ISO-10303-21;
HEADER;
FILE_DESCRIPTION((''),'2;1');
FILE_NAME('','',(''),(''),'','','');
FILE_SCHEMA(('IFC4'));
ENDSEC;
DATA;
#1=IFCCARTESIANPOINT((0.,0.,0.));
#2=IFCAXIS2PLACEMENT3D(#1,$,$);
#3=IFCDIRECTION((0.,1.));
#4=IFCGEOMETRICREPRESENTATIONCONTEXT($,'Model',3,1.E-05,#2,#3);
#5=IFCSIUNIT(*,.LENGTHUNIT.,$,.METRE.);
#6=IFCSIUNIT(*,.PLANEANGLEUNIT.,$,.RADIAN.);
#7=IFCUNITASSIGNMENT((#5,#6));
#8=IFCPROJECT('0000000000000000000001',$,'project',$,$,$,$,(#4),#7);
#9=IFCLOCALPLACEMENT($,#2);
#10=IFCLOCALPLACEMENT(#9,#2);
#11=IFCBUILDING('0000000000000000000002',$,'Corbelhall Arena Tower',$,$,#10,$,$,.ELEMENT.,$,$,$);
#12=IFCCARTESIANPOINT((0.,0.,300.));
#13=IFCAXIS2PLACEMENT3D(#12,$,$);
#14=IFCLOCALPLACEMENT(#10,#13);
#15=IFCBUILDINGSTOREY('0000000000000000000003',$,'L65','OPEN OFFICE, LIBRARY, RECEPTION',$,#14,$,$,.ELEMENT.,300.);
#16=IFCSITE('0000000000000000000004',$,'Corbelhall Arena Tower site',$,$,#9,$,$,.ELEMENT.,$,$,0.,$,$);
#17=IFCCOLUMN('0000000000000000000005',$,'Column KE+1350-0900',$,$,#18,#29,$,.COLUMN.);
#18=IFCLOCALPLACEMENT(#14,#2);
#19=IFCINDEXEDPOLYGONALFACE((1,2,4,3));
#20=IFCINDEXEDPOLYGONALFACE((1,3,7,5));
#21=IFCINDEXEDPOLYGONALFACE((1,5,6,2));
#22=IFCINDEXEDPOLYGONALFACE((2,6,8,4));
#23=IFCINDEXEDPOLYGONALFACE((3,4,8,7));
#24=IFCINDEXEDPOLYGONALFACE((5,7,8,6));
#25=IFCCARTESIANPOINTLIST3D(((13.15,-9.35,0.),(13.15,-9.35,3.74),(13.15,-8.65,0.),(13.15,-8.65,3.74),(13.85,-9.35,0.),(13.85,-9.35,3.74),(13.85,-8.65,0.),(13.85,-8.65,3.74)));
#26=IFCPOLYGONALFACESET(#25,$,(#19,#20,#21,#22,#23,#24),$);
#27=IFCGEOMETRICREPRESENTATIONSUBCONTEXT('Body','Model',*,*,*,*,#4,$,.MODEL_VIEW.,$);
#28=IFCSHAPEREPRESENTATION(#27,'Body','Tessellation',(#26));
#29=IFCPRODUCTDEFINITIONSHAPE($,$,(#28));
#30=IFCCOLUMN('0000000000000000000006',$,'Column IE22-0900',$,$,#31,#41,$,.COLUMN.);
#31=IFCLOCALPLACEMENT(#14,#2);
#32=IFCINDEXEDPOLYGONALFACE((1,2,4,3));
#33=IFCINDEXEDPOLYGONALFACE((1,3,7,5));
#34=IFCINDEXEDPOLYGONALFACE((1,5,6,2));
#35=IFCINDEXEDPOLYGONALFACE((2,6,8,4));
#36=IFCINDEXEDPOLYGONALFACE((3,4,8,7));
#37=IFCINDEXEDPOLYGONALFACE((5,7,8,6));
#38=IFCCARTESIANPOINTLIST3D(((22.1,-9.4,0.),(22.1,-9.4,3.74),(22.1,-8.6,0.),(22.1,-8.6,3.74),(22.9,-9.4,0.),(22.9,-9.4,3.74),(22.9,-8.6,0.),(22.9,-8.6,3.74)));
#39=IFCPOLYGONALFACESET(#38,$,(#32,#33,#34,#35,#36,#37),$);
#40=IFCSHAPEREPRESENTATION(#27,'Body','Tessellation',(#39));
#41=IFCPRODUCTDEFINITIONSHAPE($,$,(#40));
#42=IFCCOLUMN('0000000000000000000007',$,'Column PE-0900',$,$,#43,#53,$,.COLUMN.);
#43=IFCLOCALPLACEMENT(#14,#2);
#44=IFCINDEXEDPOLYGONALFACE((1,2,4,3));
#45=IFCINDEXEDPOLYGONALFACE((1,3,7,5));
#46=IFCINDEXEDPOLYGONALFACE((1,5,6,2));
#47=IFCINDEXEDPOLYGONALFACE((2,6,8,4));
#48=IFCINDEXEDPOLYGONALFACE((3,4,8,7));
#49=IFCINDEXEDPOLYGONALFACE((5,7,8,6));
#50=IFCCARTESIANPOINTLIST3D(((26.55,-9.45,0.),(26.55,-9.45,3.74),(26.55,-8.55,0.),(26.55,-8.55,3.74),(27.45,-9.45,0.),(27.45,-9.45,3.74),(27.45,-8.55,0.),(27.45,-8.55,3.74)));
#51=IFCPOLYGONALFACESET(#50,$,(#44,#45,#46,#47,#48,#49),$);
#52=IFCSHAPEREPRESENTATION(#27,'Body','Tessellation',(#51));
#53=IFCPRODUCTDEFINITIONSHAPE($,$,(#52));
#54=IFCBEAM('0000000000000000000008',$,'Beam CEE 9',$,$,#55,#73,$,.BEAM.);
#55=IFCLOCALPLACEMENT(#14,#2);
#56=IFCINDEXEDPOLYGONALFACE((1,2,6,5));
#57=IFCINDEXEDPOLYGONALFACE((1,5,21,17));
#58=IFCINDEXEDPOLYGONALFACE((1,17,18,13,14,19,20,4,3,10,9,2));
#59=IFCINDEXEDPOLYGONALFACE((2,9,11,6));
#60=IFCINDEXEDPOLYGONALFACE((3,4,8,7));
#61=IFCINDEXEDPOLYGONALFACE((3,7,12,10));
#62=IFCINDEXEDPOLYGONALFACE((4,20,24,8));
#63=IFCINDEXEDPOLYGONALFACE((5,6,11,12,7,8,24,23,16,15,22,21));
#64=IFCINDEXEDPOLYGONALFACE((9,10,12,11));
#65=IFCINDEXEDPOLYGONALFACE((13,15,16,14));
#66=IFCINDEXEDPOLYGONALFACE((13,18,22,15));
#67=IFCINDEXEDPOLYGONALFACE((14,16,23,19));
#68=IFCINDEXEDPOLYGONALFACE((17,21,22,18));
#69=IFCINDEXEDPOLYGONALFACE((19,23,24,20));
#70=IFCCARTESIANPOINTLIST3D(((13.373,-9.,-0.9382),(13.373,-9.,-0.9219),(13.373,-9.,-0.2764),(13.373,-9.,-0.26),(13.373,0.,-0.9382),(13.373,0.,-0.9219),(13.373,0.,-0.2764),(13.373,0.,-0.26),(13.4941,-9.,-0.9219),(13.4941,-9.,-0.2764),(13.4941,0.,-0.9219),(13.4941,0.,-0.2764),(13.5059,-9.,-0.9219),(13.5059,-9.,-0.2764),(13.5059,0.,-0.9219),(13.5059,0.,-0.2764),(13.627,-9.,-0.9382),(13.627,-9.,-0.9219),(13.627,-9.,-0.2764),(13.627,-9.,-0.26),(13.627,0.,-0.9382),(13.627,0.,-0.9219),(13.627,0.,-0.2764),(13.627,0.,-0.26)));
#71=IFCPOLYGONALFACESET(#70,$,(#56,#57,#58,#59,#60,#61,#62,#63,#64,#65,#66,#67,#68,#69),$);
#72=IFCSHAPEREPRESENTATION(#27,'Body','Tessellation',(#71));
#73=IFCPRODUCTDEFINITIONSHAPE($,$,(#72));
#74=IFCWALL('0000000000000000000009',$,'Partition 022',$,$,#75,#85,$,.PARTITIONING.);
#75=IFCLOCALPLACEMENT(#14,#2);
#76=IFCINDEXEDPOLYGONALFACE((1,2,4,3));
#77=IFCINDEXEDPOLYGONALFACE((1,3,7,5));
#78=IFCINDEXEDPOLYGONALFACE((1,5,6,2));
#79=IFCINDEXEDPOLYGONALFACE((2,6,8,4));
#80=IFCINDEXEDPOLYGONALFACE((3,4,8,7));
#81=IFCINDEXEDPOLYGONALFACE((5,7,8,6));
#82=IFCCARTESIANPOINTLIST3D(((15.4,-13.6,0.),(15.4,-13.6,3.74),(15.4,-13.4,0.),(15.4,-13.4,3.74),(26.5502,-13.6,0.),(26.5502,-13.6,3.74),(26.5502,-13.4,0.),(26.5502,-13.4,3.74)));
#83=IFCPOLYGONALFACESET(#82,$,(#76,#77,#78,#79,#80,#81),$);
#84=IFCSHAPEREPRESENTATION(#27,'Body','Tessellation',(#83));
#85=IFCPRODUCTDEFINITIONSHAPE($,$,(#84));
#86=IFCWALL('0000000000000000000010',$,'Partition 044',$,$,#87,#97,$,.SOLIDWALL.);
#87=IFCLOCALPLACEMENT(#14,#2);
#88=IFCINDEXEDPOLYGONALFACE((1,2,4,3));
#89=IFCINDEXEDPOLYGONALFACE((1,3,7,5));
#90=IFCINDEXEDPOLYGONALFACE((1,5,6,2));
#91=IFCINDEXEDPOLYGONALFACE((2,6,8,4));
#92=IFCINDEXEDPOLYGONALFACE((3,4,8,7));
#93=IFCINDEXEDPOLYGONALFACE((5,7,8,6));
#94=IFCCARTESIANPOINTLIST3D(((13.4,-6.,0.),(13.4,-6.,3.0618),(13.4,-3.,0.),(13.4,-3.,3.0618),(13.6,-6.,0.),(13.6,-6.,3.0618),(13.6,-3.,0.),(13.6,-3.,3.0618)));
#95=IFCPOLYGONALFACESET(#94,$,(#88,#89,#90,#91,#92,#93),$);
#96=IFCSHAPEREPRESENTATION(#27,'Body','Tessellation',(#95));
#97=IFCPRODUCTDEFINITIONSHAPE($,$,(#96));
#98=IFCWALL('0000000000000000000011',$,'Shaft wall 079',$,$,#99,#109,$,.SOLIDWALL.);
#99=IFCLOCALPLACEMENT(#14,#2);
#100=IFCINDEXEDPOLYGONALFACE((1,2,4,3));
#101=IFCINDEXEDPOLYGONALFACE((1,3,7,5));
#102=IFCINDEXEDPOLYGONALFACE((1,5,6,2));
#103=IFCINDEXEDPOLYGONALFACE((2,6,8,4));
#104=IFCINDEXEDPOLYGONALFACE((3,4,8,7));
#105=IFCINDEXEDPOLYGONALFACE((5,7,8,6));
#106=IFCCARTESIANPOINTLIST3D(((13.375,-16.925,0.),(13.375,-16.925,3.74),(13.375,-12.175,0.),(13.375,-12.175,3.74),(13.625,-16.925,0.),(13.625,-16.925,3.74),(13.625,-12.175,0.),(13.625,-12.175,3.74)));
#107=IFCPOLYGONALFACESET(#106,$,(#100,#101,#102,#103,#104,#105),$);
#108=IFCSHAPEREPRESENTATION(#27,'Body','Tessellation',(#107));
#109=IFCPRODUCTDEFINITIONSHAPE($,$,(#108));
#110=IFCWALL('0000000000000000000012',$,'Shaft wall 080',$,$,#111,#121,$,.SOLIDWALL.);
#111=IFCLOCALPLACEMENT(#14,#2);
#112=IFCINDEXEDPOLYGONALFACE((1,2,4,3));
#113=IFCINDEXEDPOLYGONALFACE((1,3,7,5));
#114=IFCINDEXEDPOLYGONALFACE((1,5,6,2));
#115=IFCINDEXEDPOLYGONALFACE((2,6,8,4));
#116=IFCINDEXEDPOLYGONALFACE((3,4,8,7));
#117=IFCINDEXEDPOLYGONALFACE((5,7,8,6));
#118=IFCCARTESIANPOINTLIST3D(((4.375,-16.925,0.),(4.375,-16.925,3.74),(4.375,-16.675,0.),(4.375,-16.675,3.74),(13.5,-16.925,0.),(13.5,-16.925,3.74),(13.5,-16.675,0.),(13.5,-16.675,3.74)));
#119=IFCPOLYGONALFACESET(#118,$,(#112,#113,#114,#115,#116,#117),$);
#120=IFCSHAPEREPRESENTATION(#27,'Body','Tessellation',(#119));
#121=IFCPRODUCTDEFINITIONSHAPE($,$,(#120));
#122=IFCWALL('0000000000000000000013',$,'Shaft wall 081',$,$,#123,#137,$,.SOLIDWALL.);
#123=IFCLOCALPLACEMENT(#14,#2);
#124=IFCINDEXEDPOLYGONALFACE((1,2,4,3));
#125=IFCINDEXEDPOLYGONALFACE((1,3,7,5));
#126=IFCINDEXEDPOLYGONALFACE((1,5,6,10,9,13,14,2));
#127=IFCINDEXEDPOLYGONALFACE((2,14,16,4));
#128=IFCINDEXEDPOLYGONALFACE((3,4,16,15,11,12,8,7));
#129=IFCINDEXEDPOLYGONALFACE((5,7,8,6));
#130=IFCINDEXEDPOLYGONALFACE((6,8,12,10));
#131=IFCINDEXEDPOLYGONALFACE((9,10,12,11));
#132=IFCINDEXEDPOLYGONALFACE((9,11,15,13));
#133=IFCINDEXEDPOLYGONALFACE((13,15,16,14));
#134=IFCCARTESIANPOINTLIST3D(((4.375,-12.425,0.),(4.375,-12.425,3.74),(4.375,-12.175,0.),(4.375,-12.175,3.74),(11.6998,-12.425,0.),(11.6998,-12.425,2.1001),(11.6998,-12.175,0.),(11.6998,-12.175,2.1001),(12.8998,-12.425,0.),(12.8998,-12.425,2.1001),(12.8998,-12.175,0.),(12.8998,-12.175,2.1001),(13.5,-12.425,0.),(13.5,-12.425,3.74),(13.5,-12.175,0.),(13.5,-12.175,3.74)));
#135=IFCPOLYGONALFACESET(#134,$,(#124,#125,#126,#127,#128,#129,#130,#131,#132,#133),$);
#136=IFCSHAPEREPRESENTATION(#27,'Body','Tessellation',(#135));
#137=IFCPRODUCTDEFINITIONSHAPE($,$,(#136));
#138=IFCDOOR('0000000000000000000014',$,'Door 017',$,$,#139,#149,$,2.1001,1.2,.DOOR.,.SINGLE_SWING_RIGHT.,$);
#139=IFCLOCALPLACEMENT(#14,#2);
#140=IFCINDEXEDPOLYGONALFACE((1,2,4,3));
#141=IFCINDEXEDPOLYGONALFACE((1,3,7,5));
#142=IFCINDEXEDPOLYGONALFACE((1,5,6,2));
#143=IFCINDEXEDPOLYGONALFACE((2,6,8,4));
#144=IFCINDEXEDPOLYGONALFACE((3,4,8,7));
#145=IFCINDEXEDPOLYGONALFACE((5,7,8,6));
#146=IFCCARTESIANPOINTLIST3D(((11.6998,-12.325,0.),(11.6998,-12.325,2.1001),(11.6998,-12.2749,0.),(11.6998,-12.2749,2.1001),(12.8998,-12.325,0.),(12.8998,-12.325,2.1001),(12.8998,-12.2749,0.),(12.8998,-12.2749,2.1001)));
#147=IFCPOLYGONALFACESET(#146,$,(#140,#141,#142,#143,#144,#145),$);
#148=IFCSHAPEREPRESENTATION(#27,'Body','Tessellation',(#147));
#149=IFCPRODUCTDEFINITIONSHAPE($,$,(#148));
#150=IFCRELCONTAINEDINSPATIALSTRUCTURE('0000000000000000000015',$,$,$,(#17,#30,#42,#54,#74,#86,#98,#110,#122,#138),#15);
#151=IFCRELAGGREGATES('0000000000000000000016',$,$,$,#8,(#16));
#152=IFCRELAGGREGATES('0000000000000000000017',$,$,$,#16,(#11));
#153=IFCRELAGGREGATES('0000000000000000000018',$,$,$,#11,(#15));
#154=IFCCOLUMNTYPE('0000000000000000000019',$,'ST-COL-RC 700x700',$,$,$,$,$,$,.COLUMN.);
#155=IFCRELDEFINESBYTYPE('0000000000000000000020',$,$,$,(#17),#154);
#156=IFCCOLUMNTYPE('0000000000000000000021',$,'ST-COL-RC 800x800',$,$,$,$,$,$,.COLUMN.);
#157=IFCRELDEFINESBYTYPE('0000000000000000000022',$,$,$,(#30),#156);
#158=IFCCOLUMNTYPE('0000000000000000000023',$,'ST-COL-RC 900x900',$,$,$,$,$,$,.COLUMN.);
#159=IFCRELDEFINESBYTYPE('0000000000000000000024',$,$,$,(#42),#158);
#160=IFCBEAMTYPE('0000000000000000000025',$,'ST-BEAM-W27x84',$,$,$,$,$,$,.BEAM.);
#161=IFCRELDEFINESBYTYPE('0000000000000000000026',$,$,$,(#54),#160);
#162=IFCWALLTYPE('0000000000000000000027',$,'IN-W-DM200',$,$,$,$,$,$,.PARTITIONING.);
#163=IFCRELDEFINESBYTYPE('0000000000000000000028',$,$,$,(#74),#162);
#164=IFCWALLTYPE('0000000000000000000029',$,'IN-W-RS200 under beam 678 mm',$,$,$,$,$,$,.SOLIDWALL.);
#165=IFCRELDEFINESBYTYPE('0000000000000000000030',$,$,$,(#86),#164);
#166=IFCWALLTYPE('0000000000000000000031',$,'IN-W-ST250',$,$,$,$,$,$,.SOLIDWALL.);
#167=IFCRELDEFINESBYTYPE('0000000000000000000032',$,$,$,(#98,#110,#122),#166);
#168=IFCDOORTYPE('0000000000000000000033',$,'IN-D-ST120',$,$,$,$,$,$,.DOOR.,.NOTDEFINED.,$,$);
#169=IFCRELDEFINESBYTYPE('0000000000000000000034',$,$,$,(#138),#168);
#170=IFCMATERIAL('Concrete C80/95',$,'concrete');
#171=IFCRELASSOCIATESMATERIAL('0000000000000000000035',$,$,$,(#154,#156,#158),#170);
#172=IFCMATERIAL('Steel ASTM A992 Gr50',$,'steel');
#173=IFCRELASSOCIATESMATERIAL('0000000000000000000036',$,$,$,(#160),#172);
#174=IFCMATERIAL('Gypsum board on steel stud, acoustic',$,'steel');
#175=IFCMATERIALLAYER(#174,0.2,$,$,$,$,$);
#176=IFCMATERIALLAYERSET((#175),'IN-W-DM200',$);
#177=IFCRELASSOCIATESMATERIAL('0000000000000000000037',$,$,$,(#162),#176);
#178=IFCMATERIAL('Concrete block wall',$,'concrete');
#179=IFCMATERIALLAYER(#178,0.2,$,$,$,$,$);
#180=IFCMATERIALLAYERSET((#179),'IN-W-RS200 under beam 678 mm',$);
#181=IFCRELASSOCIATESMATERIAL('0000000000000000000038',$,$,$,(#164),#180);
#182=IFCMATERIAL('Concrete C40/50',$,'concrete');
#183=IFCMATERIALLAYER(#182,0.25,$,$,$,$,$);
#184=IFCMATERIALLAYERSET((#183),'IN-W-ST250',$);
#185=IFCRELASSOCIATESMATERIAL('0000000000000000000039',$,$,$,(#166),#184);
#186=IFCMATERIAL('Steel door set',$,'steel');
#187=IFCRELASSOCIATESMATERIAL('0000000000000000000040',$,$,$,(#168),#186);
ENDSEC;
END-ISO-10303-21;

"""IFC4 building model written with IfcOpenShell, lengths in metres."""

from ifc_helpers import new_model, si_unit, direction, frame, frame_2d, origin, origin_2d, place, context, subcontext, project, spatial, rectangle, i_section, extrude, material, layer, layer_set, material_profile, profile_set, type_object, element, fill, save


model = new_model("IFC4")

# Units and contexts
model_context = context("Model", 3, precision=1e-05, world=origin(), true_north=direction((0.0, 1.0)))
body_context = subcontext(model_context, "Body", "Model", "MODEL_VIEW")
ifc_project = project(units=[si_unit("LENGTHUNIT", "METRE"), si_unit("PLANEANGLEUNIT", "RADIAN")], contexts=[model_context])

# Site, building, storey
site_placement = place(None, origin())
site = spatial("IfcSite", under=ifc_project, at=site_placement, Name="Corbelhall Arena Tower site", CompositionType="ELEMENT", RefElevation=0.0)
building_placement = place(site_placement, origin())
building = spatial("IfcBuilding", under=site, at=building_placement, Name="Corbelhall Arena Tower", CompositionType="ELEMENT")
storey_placement = place(building_placement, frame((0.0, 0.0, 300.0)))
storey = spatial("IfcBuildingStorey", under=building, at=storey_placement, Name="L65", Description="OPEN OFFICE, LIBRARY, RECEPTION", CompositionType="ELEMENT", Elevation=300.0)

# Columns
ifc_material_1 = material(Name="Concrete C80/95", Category="concrete")
ifc_material_profile_1 = material_profile(ifc_material_1, rectangle(XDim=0.7, YDim=0.7, at=origin_2d()))
ifc_profile_set_1 = profile_set([ifc_material_profile_1], Name="Concrete C80/95")
column_type_1 = type_object("IfcColumnType", Name="ST-COL-RC 700x700", PredefinedType="COLUMN", material=ifc_profile_set_1)
column_1_placement = place(storey_placement, frame((13.5, -9.0, 0.0), z_axis=(0.0, 0.0, 1.0), x_axis=(1.0, 0.0, 0.0)))
element("IfcColumn", 1, at=column_1_placement, inside=storey, type_object=column_type_1, Name="Column KE+1350-0900", PredefinedType="COLUMN", context=body_context, shape_type="SweptSolid", body=[
    extrude(rectangle(XDim=0.7, YDim=0.7, at=origin_2d()), origin(), (0.0, 0.0, 1.0), 3.74),
])
ifc_material_profile_2 = material_profile(ifc_material_1, rectangle(XDim=0.8, YDim=0.8, at=origin_2d()))
ifc_profile_set_2 = profile_set([ifc_material_profile_2], Name="Concrete C80/95")
column_type_2 = type_object("IfcColumnType", Name="ST-COL-RC 800x800", PredefinedType="COLUMN", material=ifc_profile_set_2)
column_2_placement = place(storey_placement, frame((22.5, -9.0, 0.0), z_axis=(0.0, 0.0, 1.0), x_axis=(1.0, 0.0, 0.0)))
element("IfcColumn", 2, at=column_2_placement, inside=storey, type_object=column_type_2, Name="Column IE22-0900", PredefinedType="COLUMN", context=body_context, shape_type="SweptSolid", body=[
    extrude(rectangle(XDim=0.8, YDim=0.8, at=origin_2d()), origin(), (0.0, 0.0, 1.0), 3.74),
])
ifc_material_profile_3 = material_profile(ifc_material_1, rectangle(XDim=0.8999, YDim=0.8999, at=origin_2d()))
ifc_profile_set_3 = profile_set([ifc_material_profile_3], Name="Concrete C80/95")
column_type_3 = type_object("IfcColumnType", Name="ST-COL-RC 900x900", PredefinedType="COLUMN", material=ifc_profile_set_3)
column_3_placement = place(storey_placement, frame((27.0, -9.0, 0.0), z_axis=(0.0, 0.0, 1.0), x_axis=(0.0, 1.0, 0.0)))
element("IfcColumn", 3, at=column_3_placement, inside=storey, type_object=column_type_3, Name="Column PE-0900", PredefinedType="COLUMN", context=body_context, shape_type="SweptSolid", body=[
    extrude(rectangle(XDim=0.8999, YDim=0.8999, at=origin_2d()), origin(), (0.0, 0.0, 1.0), 3.74),
])

# Beam
ifc_material_2 = material(Name="Steel ASTM A992 Gr50", Category="steel")
ifc_material_profile_4 = material_profile(ifc_material_2, i_section(OverallWidth=0.2539, OverallDepth=0.6782, WebThickness=0.0117, FlangeThickness=0.0164, at=origin_2d()))
ifc_profile_set_4 = profile_set([ifc_material_profile_4], Name="Steel ASTM A992 Gr50")
beam_type = type_object("IfcBeamType", Name="ST-BEAM-W27x84", PredefinedType="BEAM", material=ifc_profile_set_4)
beam_placement = place(storey_placement, frame((13.5, -9.0, -0.5991), z_axis=(0.0, 1.0, 0.0), x_axis=(-1.0, 0.0, 0.0)))
element("IfcBeam", 4, at=beam_placement, inside=storey, type_object=beam_type, Name="Beam CEE 9", PredefinedType="BEAM", context=body_context, shape_type="SweptSolid", body=[
    extrude(i_section(OverallWidth=0.2539, OverallDepth=0.6782, WebThickness=0.0117, FlangeThickness=0.0164, at=origin_2d()), origin(), (0.0, 0.0, 1.0), 9.0),
])

# Wall
ifc_material_3 = material(Name="Gypsum board on steel stud, acoustic", Category="steel")
ifc_layer_1 = layer(ifc_material_3, 0.2)
ifc_layer_set_1 = layer_set([ifc_layer_1], Name="IN-W-DM200")
wall_type_1 = type_object("IfcWallType", Name="IN-W-DM200", PredefinedType="PARTITIONING", material=ifc_layer_set_1)
wall_1_placement = place(storey_placement, frame((15.3999, -13.5, 0.0), z_axis=(0.0, 0.0, 1.0), x_axis=(1.0, 0.0, 0.0)))
element("IfcWall", 5, at=wall_1_placement, inside=storey, type_object=wall_type_1, Name="Partition 022", PredefinedType="PARTITIONING", context=body_context, shape_type="SweptSolid", body=[
    extrude(rectangle(XDim=11.1501, YDim=0.2, at=frame_2d((5.5752, 0.0))), origin(), (0.0, 0.0, 1.0), 3.74),
])

# Shared definitions
ifc_material_4 = material(Name="Concrete block wall", Category="concrete")

# Walls
ifc_layer_2 = layer(ifc_material_4, 0.2)
ifc_layer_set_2 = layer_set([ifc_layer_2], Name="IN-W-RS200 under beam 678 mm")
wall_type_2 = type_object("IfcWallType", Name="IN-W-RS200 under beam 678 mm", PredefinedType="SOLIDWALL", material=ifc_layer_set_2)
wall_2_placement = place(storey_placement, frame((13.5, -3.0, 0.0), z_axis=(0.0, 0.0, 1.0), x_axis=(0.0, -1.0, 0.0)))
element("IfcWall", 6, at=wall_2_placement, inside=storey, type_object=wall_type_2, Name="Partition 044", PredefinedType="SOLIDWALL", context=body_context, shape_type="SweptSolid", body=[
    extrude(rectangle(XDim=3.0, YDim=0.2, at=frame_2d((1.5, 0.0))), origin(), (0.0, 0.0, 1.0), 3.0618),
])
ifc_material_5 = material(Name="Concrete C40/50", Category="concrete")
ifc_layer_3 = layer(ifc_material_5, 0.25)
ifc_layer_set_3 = layer_set([ifc_layer_3], Name="IN-W-ST250")
wall_type_3 = type_object("IfcWallType", Name="IN-W-ST250", PredefinedType="SOLIDWALL", material=ifc_layer_set_3)
wall_3_placement = place(storey_placement, frame((13.5, -16.925, 0.0), z_axis=(0.0, 0.0, 1.0), x_axis=(0.0, 1.0, 0.0)))
element("IfcWall", 7, at=wall_3_placement, inside=storey, type_object=wall_type_3, Name="Shaft wall 079", PredefinedType="SOLIDWALL", context=body_context, shape_type="SweptSolid", body=[
    extrude(rectangle(XDim=4.75, YDim=0.25, at=frame_2d((2.375, 0.0))), origin(), (0.0, 0.0, 1.0), 3.74),
])
wall_4_placement = place(storey_placement, frame((13.5, -16.8, 0.0), z_axis=(0.0, 0.0, 1.0), x_axis=(-1.0, 0.0, 0.0)))
element("IfcWall", 8, at=wall_4_placement, inside=storey, type_object=wall_type_3, Name="Shaft wall 080", PredefinedType="SOLIDWALL", context=body_context, shape_type="SweptSolid", body=[
    extrude(rectangle(XDim=9.125, YDim=0.25, at=frame_2d((4.5625, 0.0))), origin(), (0.0, 0.0, 1.0), 3.74),
])

# Wall, opening, door
wall_5_placement = place(storey_placement, frame((13.5, -12.3, 0.0), z_axis=(0.0, 0.0, 1.0), x_axis=(-1.0, 0.0, 0.0)))
wall_5 = element("IfcWall", 9, at=wall_5_placement, inside=storey, type_object=wall_type_3, Name="Shaft wall 081", PredefinedType="SOLIDWALL", context=body_context, shape_type="SweptSolid", body=[
    extrude(rectangle(XDim=9.125, YDim=0.25, at=frame_2d((4.5625, 0.0))), origin(), (0.0, 0.0, 1.0), 3.74),
])
opening_1_placement = place(wall_5_placement, frame((0.6001, 0.0, 0.0)))
opening_1 = element("IfcOpeningElement", 10, at=opening_1_placement, cuts=wall_5, PredefinedType="OPENING", context=body_context, shape_type="SweptSolid", body=[
    extrude(rectangle(XDim=1.2, YDim=2.1001, at=frame_2d((0.6001, 1.05))), frame((0.0, 0.125, 0.0), z_axis=(0.0, -1.0, 0.0), x_axis=(1.0, 0.0, 0.0)), (0.0, 0.0, 1.0), 0.25),
])
ifc_material_6 = material(Name="Steel door set", Category="steel")
door_type_1 = type_object("IfcDoorType", Name="IN-D-ST120", OperationType="NOTDEFINED", PredefinedType="DOOR", material=ifc_material_6)
door_1_placement = place(opening_1_placement, origin())
door_1 = element("IfcDoor", 11, at=door_1_placement, inside=storey, type_object=door_type_1, Name="Door 017", OperationType="SINGLE_SWING_RIGHT", OverallHeight=2.1001, OverallWidth=1.2, PredefinedType="DOOR", context=body_context, shape_type="SweptSolid", body=[
    extrude(rectangle(XDim=1.2, YDim=2.1001, at=frame_2d((0.6001, 1.05))), frame((0.0, 0.0249, 0.0), z_axis=(0.0, -1.0, 0.0), x_axis=(1.0, 0.0, 0.0)), (0.0, 0.0, 1.0), 0.05),
])
fill(opening_1, door_1)

save(model, "model.ifc")
